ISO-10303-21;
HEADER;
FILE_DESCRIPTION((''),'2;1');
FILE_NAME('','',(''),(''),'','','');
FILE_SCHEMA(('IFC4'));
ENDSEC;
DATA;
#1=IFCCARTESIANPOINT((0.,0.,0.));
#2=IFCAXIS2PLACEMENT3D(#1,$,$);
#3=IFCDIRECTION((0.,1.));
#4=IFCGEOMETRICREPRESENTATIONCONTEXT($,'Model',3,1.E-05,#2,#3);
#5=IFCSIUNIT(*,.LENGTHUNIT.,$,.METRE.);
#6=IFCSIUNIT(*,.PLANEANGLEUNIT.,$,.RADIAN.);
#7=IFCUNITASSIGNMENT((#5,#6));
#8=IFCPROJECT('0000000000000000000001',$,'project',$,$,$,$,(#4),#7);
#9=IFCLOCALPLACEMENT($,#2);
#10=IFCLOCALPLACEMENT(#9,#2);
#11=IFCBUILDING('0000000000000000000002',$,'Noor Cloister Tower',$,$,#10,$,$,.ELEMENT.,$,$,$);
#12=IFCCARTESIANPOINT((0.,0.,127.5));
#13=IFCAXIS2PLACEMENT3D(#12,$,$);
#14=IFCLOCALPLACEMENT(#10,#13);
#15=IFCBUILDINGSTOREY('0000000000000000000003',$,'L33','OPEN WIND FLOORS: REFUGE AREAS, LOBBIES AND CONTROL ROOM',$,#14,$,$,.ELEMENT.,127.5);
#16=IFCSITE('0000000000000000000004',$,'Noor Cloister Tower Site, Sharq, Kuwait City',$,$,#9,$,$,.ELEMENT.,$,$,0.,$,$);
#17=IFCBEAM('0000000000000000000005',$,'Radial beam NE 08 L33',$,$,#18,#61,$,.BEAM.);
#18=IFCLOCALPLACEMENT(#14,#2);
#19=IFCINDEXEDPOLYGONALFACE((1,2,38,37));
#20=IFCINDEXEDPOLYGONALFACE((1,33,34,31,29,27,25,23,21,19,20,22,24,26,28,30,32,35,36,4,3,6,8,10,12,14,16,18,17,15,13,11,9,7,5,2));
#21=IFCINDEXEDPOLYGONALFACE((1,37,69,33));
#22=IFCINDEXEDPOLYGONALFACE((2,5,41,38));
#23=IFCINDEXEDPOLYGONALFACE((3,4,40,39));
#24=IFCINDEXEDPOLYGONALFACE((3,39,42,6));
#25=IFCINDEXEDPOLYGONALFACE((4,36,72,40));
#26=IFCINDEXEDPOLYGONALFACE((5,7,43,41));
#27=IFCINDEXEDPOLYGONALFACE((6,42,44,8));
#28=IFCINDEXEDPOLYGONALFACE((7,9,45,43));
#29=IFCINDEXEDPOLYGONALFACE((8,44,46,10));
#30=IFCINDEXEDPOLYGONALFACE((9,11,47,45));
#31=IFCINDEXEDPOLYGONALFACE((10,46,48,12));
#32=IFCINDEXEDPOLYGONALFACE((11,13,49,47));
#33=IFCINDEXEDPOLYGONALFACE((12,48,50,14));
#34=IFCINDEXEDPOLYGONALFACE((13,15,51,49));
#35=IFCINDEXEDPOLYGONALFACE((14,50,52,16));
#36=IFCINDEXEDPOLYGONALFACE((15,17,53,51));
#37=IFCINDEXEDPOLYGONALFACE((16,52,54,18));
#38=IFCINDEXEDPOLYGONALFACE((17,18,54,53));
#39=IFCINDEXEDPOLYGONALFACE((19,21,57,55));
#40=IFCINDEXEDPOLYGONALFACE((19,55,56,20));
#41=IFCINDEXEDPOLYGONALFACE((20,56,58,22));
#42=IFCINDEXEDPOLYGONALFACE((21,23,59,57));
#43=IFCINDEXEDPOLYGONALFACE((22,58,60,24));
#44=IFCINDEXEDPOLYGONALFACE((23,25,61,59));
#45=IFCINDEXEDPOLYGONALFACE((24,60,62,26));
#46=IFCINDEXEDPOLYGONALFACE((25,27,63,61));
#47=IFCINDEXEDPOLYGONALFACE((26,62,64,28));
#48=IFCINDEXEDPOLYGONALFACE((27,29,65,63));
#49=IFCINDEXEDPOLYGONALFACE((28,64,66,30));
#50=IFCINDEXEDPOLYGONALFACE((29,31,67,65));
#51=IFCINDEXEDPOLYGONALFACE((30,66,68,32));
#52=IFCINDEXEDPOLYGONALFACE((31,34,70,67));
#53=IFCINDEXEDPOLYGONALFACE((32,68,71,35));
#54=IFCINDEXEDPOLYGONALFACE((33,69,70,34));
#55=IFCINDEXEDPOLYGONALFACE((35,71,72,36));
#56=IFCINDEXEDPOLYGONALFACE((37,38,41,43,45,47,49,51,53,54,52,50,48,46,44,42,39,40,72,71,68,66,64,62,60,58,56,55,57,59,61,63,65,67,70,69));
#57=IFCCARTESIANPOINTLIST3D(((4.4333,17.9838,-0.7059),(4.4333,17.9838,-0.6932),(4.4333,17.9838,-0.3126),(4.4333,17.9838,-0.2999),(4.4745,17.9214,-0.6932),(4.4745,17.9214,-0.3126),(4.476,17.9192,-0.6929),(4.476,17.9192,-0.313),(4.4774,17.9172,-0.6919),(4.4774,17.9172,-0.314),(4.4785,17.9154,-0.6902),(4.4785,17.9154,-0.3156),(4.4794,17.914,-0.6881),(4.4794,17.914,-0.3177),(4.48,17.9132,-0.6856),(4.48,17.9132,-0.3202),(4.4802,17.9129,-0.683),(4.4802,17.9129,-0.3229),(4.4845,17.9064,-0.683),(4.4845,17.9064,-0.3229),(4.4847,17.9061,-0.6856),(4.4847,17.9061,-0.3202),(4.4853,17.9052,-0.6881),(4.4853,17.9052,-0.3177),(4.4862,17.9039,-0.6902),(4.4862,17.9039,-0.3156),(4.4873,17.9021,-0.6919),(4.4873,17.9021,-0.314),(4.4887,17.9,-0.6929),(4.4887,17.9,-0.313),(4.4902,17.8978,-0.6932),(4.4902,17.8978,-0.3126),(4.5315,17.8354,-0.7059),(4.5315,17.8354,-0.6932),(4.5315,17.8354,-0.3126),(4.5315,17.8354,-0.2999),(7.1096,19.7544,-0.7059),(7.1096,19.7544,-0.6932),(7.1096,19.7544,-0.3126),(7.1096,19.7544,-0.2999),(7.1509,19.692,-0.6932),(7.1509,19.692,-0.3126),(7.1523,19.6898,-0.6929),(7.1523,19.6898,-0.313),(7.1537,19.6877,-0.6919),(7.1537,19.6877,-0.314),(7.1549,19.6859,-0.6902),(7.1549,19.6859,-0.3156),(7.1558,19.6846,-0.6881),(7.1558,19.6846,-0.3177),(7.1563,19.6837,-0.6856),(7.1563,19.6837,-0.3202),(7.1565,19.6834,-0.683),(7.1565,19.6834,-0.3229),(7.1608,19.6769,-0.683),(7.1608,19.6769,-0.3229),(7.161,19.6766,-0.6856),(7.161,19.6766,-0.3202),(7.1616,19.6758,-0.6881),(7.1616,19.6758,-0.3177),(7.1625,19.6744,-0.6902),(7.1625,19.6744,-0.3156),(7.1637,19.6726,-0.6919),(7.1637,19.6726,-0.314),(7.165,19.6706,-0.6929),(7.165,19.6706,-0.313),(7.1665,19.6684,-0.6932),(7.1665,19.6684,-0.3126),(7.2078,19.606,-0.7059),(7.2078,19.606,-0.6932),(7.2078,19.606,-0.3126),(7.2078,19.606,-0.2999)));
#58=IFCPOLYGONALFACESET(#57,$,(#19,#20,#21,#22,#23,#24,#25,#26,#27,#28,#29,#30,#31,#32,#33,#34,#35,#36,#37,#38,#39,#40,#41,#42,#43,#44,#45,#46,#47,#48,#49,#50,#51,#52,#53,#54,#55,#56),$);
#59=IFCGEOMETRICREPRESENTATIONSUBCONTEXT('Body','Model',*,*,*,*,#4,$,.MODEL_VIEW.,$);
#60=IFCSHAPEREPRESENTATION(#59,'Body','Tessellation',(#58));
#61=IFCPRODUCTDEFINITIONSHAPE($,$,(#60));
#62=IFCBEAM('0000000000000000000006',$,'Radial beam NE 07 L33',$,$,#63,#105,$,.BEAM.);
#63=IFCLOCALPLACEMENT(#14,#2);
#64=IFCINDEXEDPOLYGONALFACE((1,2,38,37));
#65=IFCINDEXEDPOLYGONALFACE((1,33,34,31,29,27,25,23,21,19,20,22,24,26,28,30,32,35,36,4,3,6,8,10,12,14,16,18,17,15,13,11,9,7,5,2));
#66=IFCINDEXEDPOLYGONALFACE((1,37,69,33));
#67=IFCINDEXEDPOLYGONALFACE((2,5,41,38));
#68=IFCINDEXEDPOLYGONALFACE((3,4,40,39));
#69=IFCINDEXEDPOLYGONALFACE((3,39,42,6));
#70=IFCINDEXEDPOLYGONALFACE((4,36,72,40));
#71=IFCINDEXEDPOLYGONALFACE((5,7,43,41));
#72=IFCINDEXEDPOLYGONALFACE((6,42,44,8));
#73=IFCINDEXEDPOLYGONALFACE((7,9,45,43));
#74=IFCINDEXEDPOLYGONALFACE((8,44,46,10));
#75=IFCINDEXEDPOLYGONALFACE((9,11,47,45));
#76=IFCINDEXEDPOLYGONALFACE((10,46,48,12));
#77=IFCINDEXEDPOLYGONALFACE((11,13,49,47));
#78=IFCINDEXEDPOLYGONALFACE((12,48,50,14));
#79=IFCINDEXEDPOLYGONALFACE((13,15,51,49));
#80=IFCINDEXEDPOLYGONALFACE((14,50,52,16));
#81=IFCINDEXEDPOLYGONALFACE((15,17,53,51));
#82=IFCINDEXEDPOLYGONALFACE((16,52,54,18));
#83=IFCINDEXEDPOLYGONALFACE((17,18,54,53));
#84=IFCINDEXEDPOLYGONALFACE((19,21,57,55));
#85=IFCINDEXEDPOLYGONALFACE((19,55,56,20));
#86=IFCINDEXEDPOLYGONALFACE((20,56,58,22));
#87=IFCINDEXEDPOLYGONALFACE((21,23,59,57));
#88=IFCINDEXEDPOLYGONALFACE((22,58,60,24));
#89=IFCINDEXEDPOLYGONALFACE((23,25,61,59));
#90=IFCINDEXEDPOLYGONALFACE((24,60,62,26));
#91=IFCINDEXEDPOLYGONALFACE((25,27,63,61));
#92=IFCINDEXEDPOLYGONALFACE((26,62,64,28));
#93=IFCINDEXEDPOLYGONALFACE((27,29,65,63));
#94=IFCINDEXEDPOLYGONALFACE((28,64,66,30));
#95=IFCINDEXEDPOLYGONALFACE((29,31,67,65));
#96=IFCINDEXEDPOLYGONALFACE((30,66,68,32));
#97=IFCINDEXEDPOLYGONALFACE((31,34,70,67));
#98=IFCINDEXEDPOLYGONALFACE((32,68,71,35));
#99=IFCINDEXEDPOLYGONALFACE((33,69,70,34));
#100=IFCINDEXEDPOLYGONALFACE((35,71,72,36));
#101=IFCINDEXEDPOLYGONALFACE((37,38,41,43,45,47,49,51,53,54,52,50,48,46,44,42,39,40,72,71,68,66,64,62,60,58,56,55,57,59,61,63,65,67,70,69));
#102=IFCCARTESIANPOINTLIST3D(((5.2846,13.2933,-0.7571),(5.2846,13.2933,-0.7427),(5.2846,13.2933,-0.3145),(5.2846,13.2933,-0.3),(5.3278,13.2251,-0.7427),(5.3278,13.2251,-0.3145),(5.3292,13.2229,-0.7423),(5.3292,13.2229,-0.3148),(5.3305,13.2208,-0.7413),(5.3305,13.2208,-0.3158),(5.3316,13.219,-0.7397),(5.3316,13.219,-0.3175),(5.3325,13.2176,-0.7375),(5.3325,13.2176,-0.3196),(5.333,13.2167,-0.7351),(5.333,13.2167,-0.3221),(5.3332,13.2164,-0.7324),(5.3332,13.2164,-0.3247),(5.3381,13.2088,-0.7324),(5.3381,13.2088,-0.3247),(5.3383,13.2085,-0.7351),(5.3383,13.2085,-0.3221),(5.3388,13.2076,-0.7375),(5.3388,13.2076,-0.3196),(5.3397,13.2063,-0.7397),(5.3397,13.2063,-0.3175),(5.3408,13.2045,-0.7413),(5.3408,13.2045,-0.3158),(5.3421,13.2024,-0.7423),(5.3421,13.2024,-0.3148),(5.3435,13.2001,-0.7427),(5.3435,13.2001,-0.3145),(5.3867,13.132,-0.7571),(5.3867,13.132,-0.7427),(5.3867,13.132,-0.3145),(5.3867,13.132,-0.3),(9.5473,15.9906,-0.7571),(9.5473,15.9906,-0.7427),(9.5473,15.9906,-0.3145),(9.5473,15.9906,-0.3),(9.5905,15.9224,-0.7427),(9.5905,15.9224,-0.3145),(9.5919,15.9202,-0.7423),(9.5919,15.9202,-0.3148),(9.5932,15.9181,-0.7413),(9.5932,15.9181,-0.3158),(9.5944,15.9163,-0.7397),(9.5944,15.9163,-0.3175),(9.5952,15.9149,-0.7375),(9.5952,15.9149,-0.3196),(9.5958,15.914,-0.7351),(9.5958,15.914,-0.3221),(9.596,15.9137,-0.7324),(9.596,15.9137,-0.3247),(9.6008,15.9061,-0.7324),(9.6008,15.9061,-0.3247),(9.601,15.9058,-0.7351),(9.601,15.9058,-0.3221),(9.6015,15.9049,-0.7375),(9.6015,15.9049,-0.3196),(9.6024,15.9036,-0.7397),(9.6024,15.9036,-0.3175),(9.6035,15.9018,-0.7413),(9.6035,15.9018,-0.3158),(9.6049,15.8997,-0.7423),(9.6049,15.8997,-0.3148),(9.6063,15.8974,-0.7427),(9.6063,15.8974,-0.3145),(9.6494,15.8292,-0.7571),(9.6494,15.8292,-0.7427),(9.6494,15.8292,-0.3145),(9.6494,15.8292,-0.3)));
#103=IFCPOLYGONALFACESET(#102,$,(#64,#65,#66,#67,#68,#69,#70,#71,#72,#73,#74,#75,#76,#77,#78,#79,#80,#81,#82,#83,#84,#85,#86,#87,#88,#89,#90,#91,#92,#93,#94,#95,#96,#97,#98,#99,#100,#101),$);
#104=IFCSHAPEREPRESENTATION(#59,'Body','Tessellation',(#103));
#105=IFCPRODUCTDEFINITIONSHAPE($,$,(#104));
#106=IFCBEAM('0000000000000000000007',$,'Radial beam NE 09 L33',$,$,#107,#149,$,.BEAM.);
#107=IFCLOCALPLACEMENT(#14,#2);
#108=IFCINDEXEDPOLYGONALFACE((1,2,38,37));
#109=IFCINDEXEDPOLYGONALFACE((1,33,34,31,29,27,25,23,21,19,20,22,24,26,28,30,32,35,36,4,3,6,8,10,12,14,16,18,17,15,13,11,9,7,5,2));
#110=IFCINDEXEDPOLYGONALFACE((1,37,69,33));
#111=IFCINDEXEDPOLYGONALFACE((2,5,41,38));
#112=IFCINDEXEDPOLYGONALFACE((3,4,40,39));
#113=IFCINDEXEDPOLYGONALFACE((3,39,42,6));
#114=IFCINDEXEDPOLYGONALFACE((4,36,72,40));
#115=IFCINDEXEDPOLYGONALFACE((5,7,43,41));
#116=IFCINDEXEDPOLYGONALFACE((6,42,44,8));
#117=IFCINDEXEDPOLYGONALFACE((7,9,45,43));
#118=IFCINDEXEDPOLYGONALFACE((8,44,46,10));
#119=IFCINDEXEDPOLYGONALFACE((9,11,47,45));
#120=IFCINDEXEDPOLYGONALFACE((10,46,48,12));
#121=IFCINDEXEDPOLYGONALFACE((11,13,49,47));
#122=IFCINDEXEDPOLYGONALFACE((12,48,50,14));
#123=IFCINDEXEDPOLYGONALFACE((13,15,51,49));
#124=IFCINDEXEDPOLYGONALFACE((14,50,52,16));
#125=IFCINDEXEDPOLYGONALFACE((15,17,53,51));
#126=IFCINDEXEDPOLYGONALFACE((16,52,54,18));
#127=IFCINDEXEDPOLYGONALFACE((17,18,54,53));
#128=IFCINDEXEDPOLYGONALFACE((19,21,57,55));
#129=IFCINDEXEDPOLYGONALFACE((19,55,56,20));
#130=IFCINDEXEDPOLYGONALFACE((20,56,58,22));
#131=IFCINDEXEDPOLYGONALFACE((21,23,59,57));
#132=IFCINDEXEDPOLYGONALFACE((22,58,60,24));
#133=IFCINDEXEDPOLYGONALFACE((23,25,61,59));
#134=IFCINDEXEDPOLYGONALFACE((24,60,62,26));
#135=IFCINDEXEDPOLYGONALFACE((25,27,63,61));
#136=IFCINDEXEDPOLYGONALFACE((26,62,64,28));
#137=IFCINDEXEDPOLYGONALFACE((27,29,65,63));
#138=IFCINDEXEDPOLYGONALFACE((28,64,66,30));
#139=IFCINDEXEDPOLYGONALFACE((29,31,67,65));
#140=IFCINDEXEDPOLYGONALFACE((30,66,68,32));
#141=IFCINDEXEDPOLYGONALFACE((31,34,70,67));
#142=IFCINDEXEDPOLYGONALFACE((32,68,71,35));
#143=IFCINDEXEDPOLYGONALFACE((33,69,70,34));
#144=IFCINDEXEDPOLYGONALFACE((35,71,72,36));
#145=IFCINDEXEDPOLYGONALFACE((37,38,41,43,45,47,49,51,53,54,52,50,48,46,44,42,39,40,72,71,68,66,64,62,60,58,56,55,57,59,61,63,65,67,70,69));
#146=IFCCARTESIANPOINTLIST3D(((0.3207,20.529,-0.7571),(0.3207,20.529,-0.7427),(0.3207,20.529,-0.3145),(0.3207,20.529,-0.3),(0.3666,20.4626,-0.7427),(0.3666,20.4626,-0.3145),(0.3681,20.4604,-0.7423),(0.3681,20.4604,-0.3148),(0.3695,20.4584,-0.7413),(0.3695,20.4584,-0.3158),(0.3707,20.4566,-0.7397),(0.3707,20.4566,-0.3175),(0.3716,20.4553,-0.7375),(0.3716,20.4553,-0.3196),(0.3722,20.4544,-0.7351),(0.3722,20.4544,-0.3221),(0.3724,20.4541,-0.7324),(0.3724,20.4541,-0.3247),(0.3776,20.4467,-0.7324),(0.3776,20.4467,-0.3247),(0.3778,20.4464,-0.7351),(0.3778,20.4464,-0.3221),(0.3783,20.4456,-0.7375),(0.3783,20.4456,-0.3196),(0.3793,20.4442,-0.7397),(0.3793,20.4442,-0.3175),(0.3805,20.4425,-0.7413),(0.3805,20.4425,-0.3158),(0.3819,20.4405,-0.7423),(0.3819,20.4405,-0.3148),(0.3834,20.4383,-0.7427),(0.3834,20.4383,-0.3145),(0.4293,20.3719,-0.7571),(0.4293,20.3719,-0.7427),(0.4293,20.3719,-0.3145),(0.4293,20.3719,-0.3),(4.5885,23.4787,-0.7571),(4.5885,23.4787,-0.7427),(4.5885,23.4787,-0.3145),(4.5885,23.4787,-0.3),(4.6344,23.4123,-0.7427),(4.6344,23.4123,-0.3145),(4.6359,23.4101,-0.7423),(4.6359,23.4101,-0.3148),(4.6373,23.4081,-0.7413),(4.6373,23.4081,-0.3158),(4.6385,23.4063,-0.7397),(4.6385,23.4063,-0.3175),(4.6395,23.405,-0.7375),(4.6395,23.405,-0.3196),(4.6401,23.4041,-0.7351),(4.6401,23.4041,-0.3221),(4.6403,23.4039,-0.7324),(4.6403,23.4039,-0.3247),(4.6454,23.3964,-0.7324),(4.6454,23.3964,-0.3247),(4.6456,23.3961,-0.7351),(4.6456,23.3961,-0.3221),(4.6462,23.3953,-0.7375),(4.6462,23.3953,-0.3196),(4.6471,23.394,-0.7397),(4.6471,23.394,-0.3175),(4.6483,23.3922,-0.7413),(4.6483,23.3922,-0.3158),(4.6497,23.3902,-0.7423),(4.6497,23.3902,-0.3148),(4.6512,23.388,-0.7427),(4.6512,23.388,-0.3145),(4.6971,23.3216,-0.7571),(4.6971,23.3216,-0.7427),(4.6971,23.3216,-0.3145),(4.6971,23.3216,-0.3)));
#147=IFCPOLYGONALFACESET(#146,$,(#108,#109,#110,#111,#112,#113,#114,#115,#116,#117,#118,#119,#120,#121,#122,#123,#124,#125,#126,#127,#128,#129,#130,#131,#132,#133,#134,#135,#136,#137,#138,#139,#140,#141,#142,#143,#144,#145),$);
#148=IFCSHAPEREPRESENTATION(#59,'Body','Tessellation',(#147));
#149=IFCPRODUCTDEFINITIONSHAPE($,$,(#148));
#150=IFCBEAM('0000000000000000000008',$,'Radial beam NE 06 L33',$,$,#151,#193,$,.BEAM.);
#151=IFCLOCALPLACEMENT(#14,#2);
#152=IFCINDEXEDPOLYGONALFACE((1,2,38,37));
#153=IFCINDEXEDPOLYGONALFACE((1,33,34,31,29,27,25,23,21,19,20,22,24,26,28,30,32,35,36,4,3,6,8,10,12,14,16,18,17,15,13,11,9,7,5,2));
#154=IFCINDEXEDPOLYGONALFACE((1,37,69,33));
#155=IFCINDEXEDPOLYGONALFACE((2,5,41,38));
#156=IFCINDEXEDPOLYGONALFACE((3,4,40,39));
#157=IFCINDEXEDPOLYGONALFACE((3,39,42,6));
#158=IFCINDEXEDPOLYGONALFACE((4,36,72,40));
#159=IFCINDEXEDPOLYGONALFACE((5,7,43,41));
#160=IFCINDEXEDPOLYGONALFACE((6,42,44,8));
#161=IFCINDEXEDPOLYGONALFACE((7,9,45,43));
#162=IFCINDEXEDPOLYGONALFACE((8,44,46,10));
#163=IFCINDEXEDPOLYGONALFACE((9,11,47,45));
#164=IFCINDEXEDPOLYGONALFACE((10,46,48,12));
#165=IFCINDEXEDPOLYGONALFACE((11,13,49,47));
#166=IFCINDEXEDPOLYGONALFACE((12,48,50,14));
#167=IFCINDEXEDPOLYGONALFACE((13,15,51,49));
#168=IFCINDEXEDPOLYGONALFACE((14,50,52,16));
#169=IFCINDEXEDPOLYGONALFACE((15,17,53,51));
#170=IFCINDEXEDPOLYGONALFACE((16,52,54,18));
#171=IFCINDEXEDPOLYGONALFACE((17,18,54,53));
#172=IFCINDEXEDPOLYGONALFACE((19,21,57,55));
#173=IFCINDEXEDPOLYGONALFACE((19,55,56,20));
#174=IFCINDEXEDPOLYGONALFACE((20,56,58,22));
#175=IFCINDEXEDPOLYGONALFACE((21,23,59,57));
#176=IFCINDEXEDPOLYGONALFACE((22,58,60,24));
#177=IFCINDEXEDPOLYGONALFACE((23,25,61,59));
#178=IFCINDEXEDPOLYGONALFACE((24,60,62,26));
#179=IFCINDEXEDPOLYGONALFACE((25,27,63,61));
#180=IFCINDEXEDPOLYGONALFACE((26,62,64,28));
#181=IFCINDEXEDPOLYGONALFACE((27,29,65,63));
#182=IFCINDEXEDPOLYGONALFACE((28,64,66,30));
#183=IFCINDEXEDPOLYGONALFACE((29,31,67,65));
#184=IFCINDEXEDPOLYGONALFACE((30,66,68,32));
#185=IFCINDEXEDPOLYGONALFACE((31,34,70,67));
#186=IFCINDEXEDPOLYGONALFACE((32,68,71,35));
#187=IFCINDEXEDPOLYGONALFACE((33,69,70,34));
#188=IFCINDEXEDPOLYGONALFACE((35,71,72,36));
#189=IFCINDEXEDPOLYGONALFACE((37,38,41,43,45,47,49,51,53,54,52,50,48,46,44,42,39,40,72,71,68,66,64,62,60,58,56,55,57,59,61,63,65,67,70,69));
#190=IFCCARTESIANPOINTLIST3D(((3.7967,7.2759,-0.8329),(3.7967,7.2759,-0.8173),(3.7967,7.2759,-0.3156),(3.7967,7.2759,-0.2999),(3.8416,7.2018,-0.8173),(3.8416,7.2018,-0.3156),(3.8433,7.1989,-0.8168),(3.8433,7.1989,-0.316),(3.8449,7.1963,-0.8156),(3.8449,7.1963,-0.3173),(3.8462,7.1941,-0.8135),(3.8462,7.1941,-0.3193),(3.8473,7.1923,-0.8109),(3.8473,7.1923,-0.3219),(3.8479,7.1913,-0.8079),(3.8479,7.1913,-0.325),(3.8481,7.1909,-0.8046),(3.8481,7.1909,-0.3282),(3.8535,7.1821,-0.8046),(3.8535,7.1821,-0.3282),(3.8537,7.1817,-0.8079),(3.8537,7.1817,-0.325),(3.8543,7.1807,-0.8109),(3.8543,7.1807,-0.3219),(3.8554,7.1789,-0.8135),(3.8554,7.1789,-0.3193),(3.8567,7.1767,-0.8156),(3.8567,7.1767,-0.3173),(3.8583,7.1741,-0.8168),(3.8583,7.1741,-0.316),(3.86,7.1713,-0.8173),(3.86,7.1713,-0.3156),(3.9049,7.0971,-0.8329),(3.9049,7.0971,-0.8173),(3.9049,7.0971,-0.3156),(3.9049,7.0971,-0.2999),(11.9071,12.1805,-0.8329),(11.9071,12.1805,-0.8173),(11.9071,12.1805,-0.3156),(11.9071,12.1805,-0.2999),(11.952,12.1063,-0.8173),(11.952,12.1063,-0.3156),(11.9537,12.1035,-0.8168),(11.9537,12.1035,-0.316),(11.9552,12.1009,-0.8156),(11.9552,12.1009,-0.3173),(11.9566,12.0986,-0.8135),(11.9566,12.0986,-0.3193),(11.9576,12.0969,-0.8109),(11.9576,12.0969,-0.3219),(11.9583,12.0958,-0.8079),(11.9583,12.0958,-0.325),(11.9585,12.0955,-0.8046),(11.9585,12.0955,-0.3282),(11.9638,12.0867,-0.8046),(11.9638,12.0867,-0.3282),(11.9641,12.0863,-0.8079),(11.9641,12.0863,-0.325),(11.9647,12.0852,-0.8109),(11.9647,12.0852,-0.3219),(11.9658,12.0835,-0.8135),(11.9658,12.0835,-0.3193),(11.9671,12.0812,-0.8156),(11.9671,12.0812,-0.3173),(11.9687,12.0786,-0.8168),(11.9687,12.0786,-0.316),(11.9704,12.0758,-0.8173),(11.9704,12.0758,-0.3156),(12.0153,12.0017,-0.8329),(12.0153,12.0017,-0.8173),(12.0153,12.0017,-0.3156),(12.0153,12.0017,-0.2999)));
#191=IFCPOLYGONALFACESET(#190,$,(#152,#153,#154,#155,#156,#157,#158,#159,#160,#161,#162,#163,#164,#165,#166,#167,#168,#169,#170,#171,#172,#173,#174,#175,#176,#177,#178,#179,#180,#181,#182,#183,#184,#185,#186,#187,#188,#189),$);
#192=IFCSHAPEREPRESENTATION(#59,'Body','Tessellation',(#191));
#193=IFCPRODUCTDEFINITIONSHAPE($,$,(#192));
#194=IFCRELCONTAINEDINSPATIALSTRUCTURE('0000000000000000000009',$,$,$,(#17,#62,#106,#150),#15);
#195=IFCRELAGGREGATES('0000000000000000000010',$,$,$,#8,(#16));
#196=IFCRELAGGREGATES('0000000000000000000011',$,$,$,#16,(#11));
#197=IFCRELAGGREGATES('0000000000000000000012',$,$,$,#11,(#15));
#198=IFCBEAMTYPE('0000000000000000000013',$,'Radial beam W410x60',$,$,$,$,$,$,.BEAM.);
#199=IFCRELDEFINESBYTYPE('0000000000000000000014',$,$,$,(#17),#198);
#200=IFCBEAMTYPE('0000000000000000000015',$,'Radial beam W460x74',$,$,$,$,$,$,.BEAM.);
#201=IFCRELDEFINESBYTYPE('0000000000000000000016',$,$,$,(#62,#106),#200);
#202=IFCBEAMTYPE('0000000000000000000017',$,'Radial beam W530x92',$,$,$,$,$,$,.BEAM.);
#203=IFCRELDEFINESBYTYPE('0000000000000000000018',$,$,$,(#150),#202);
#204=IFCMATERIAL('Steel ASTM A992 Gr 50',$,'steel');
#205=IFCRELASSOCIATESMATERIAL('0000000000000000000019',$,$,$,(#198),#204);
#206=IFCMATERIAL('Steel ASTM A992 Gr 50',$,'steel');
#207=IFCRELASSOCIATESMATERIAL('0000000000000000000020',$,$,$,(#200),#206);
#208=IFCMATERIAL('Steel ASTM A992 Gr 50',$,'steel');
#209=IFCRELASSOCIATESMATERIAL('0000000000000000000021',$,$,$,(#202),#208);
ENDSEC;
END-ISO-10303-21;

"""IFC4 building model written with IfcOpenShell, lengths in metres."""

from ifc_helpers import new_model, si_unit, direction, frame, origin, origin_2d, place, context, subcontext, project, spatial, i_section, extrude, material, material_profile, profile_set, type_object, element, save


model = new_model("IFC4")

# Units and contexts
model_context = context("Model", 3, precision=1e-05, world=origin(), true_north=direction((0.0, 1.0)))
body_context = subcontext(model_context, "Body", "Model", "MODEL_VIEW")
ifc_project = project(units=[si_unit("LENGTHUNIT", "METRE"), si_unit("PLANEANGLEUNIT", "RADIAN")], contexts=[model_context])

# Site, building, storey
site_placement = place(None, origin())
site = spatial("IfcSite", under=ifc_project, at=site_placement, Name="Noor Cloister Tower Site, Sharq, Kuwait City", CompositionType="ELEMENT", RefElevation=0.0)
building_placement = place(site_placement, origin())
building = spatial("IfcBuilding", under=site, at=building_placement, Name="Noor Cloister Tower", CompositionType="ELEMENT")
storey_placement = place(building_placement, frame((0.0, 0.0, 127.5)))
storey = spatial("IfcBuildingStorey", under=building, at=storey_placement, Name="L33", Description="OPEN WIND FLOORS: REFUGE AREAS, LOBBIES AND CONTROL ROOM", CompositionType="ELEMENT", Elevation=127.5)

# Beams
ifc_material_1 = material(Name="Steel ASTM A992 Gr 50", Category="steel")
ifc_material_profile_1 = material_profile(ifc_material_1, i_section(OverallWidth=0.178, OverallDepth=0.406, WebThickness=0.0078, FlangeThickness=0.0127, FilletRadius=0.0103, at=origin_2d()), Name="W410x60")
ifc_profile_set_1 = profile_set([ifc_material_profile_1], Name="Steel ASTM A992 Gr 50")
beam_type_1 = type_object("IfcBeamType", Name="Radial beam W410x60", PredefinedType="BEAM", material=ifc_profile_set_1)
beam_1_placement = place(storey_placement, frame((7.1587, 19.6802, -0.5029), z_axis=(-0.834011, -0.551747, 0.0), x_axis=(0.551747, -0.834011, 0.0)))
element("IfcBeam", 1, at=beam_1_placement, inside=storey, type_object=beam_type_1, Name="Radial beam NE 08 L33", PredefinedType="BEAM", context=body_context, shape_type="SweptSolid", body=[
    extrude(i_section(OverallWidth=0.178, OverallDepth=0.406, WebThickness=0.0078, FlangeThickness=0.0127, FilletRadius=0.0103, at=origin_2d()), origin(), (0.0, 0.0, 1.0), 3.209),
])
ifc_material_2 = material(Name="Steel ASTM A992 Gr 50", Category="steel")
ifc_material_profile_2 = material_profile(ifc_material_2, i_section(OverallWidth=0.1909, OverallDepth=0.457, WebThickness=0.009, FlangeThickness=0.0144, FilletRadius=0.0103, at=origin_2d()), Name="W460x74")
ifc_profile_set_2 = profile_set([ifc_material_profile_2], Name="Steel ASTM A992 Gr 50")
beam_type_2 = type_object("IfcBeamType", Name="Radial beam W460x74", PredefinedType="BEAM", material=ifc_profile_set_2)
beam_2_placement = place(storey_placement, frame((9.5984, 15.9099, -0.5286), z_axis=(-0.845038, -0.534707, 0.0), x_axis=(0.534707, -0.845038, 0.0)))
element("IfcBeam", 2, at=beam_2_placement, inside=storey, type_object=beam_type_2, Name="Radial beam NE 07 L33", PredefinedType="BEAM", context=body_context, shape_type="SweptSolid", body=[
    extrude(i_section(OverallWidth=0.1909, OverallDepth=0.457, WebThickness=0.009, FlangeThickness=0.0144, FilletRadius=0.0103, at=origin_2d()), origin(), (0.0, 0.0, 1.0), 5.0444),
])
beam_3_placement = place(storey_placement, frame((4.6428, 23.4001, -0.5286), z_axis=(-0.822637, -0.568566, 0.0), x_axis=(0.568566, -0.822637, 0.0)))
element("IfcBeam", 3, at=beam_3_placement, inside=storey, type_object=beam_type_2, Name="Radial beam NE 09 L33", PredefinedType="BEAM", context=body_context, shape_type="SweptSolid", body=[
    extrude(i_section(OverallWidth=0.1909, OverallDepth=0.457, WebThickness=0.009, FlangeThickness=0.0144, FilletRadius=0.0103, at=origin_2d()), origin(), (0.0, 0.0, 1.0), 5.188),
])
ifc_material_3 = material(Name="Steel ASTM A992 Gr 50", Category="steel")
ifc_material_profile_3 = material_profile(ifc_material_3, i_section(OverallWidth=0.209, OverallDepth=0.533, WebThickness=0.0103, FlangeThickness=0.0156, FilletRadius=0.0127, at=origin_2d()), Name="W530x92")
ifc_profile_set_3 = profile_set([ifc_material_profile_3], Name="Steel ASTM A992 Gr 50")
beam_type_3 = type_object("IfcBeamType", Name="Radial beam W530x92", PredefinedType="BEAM", material=ifc_profile_set_3)
beam_4_placement = place(storey_placement, frame((11.9612, 12.0911, -0.5664), z_axis=(-0.855704, -0.517466, 0.0), x_axis=(0.517466, -0.855704, 0.0)))
element("IfcBeam", 4, at=beam_4_placement, inside=storey, type_object=beam_type_3, Name="Radial beam NE 06 L33", PredefinedType="BEAM", context=body_context, shape_type="SweptSolid", body=[
    extrude(i_section(OverallWidth=0.209, OverallDepth=0.533, WebThickness=0.0103, FlangeThickness=0.0156, FilletRadius=0.0127, at=origin_2d()), origin(), (0.0, 0.0, 1.0), 9.478),
])

save(model, "model.ifc")
